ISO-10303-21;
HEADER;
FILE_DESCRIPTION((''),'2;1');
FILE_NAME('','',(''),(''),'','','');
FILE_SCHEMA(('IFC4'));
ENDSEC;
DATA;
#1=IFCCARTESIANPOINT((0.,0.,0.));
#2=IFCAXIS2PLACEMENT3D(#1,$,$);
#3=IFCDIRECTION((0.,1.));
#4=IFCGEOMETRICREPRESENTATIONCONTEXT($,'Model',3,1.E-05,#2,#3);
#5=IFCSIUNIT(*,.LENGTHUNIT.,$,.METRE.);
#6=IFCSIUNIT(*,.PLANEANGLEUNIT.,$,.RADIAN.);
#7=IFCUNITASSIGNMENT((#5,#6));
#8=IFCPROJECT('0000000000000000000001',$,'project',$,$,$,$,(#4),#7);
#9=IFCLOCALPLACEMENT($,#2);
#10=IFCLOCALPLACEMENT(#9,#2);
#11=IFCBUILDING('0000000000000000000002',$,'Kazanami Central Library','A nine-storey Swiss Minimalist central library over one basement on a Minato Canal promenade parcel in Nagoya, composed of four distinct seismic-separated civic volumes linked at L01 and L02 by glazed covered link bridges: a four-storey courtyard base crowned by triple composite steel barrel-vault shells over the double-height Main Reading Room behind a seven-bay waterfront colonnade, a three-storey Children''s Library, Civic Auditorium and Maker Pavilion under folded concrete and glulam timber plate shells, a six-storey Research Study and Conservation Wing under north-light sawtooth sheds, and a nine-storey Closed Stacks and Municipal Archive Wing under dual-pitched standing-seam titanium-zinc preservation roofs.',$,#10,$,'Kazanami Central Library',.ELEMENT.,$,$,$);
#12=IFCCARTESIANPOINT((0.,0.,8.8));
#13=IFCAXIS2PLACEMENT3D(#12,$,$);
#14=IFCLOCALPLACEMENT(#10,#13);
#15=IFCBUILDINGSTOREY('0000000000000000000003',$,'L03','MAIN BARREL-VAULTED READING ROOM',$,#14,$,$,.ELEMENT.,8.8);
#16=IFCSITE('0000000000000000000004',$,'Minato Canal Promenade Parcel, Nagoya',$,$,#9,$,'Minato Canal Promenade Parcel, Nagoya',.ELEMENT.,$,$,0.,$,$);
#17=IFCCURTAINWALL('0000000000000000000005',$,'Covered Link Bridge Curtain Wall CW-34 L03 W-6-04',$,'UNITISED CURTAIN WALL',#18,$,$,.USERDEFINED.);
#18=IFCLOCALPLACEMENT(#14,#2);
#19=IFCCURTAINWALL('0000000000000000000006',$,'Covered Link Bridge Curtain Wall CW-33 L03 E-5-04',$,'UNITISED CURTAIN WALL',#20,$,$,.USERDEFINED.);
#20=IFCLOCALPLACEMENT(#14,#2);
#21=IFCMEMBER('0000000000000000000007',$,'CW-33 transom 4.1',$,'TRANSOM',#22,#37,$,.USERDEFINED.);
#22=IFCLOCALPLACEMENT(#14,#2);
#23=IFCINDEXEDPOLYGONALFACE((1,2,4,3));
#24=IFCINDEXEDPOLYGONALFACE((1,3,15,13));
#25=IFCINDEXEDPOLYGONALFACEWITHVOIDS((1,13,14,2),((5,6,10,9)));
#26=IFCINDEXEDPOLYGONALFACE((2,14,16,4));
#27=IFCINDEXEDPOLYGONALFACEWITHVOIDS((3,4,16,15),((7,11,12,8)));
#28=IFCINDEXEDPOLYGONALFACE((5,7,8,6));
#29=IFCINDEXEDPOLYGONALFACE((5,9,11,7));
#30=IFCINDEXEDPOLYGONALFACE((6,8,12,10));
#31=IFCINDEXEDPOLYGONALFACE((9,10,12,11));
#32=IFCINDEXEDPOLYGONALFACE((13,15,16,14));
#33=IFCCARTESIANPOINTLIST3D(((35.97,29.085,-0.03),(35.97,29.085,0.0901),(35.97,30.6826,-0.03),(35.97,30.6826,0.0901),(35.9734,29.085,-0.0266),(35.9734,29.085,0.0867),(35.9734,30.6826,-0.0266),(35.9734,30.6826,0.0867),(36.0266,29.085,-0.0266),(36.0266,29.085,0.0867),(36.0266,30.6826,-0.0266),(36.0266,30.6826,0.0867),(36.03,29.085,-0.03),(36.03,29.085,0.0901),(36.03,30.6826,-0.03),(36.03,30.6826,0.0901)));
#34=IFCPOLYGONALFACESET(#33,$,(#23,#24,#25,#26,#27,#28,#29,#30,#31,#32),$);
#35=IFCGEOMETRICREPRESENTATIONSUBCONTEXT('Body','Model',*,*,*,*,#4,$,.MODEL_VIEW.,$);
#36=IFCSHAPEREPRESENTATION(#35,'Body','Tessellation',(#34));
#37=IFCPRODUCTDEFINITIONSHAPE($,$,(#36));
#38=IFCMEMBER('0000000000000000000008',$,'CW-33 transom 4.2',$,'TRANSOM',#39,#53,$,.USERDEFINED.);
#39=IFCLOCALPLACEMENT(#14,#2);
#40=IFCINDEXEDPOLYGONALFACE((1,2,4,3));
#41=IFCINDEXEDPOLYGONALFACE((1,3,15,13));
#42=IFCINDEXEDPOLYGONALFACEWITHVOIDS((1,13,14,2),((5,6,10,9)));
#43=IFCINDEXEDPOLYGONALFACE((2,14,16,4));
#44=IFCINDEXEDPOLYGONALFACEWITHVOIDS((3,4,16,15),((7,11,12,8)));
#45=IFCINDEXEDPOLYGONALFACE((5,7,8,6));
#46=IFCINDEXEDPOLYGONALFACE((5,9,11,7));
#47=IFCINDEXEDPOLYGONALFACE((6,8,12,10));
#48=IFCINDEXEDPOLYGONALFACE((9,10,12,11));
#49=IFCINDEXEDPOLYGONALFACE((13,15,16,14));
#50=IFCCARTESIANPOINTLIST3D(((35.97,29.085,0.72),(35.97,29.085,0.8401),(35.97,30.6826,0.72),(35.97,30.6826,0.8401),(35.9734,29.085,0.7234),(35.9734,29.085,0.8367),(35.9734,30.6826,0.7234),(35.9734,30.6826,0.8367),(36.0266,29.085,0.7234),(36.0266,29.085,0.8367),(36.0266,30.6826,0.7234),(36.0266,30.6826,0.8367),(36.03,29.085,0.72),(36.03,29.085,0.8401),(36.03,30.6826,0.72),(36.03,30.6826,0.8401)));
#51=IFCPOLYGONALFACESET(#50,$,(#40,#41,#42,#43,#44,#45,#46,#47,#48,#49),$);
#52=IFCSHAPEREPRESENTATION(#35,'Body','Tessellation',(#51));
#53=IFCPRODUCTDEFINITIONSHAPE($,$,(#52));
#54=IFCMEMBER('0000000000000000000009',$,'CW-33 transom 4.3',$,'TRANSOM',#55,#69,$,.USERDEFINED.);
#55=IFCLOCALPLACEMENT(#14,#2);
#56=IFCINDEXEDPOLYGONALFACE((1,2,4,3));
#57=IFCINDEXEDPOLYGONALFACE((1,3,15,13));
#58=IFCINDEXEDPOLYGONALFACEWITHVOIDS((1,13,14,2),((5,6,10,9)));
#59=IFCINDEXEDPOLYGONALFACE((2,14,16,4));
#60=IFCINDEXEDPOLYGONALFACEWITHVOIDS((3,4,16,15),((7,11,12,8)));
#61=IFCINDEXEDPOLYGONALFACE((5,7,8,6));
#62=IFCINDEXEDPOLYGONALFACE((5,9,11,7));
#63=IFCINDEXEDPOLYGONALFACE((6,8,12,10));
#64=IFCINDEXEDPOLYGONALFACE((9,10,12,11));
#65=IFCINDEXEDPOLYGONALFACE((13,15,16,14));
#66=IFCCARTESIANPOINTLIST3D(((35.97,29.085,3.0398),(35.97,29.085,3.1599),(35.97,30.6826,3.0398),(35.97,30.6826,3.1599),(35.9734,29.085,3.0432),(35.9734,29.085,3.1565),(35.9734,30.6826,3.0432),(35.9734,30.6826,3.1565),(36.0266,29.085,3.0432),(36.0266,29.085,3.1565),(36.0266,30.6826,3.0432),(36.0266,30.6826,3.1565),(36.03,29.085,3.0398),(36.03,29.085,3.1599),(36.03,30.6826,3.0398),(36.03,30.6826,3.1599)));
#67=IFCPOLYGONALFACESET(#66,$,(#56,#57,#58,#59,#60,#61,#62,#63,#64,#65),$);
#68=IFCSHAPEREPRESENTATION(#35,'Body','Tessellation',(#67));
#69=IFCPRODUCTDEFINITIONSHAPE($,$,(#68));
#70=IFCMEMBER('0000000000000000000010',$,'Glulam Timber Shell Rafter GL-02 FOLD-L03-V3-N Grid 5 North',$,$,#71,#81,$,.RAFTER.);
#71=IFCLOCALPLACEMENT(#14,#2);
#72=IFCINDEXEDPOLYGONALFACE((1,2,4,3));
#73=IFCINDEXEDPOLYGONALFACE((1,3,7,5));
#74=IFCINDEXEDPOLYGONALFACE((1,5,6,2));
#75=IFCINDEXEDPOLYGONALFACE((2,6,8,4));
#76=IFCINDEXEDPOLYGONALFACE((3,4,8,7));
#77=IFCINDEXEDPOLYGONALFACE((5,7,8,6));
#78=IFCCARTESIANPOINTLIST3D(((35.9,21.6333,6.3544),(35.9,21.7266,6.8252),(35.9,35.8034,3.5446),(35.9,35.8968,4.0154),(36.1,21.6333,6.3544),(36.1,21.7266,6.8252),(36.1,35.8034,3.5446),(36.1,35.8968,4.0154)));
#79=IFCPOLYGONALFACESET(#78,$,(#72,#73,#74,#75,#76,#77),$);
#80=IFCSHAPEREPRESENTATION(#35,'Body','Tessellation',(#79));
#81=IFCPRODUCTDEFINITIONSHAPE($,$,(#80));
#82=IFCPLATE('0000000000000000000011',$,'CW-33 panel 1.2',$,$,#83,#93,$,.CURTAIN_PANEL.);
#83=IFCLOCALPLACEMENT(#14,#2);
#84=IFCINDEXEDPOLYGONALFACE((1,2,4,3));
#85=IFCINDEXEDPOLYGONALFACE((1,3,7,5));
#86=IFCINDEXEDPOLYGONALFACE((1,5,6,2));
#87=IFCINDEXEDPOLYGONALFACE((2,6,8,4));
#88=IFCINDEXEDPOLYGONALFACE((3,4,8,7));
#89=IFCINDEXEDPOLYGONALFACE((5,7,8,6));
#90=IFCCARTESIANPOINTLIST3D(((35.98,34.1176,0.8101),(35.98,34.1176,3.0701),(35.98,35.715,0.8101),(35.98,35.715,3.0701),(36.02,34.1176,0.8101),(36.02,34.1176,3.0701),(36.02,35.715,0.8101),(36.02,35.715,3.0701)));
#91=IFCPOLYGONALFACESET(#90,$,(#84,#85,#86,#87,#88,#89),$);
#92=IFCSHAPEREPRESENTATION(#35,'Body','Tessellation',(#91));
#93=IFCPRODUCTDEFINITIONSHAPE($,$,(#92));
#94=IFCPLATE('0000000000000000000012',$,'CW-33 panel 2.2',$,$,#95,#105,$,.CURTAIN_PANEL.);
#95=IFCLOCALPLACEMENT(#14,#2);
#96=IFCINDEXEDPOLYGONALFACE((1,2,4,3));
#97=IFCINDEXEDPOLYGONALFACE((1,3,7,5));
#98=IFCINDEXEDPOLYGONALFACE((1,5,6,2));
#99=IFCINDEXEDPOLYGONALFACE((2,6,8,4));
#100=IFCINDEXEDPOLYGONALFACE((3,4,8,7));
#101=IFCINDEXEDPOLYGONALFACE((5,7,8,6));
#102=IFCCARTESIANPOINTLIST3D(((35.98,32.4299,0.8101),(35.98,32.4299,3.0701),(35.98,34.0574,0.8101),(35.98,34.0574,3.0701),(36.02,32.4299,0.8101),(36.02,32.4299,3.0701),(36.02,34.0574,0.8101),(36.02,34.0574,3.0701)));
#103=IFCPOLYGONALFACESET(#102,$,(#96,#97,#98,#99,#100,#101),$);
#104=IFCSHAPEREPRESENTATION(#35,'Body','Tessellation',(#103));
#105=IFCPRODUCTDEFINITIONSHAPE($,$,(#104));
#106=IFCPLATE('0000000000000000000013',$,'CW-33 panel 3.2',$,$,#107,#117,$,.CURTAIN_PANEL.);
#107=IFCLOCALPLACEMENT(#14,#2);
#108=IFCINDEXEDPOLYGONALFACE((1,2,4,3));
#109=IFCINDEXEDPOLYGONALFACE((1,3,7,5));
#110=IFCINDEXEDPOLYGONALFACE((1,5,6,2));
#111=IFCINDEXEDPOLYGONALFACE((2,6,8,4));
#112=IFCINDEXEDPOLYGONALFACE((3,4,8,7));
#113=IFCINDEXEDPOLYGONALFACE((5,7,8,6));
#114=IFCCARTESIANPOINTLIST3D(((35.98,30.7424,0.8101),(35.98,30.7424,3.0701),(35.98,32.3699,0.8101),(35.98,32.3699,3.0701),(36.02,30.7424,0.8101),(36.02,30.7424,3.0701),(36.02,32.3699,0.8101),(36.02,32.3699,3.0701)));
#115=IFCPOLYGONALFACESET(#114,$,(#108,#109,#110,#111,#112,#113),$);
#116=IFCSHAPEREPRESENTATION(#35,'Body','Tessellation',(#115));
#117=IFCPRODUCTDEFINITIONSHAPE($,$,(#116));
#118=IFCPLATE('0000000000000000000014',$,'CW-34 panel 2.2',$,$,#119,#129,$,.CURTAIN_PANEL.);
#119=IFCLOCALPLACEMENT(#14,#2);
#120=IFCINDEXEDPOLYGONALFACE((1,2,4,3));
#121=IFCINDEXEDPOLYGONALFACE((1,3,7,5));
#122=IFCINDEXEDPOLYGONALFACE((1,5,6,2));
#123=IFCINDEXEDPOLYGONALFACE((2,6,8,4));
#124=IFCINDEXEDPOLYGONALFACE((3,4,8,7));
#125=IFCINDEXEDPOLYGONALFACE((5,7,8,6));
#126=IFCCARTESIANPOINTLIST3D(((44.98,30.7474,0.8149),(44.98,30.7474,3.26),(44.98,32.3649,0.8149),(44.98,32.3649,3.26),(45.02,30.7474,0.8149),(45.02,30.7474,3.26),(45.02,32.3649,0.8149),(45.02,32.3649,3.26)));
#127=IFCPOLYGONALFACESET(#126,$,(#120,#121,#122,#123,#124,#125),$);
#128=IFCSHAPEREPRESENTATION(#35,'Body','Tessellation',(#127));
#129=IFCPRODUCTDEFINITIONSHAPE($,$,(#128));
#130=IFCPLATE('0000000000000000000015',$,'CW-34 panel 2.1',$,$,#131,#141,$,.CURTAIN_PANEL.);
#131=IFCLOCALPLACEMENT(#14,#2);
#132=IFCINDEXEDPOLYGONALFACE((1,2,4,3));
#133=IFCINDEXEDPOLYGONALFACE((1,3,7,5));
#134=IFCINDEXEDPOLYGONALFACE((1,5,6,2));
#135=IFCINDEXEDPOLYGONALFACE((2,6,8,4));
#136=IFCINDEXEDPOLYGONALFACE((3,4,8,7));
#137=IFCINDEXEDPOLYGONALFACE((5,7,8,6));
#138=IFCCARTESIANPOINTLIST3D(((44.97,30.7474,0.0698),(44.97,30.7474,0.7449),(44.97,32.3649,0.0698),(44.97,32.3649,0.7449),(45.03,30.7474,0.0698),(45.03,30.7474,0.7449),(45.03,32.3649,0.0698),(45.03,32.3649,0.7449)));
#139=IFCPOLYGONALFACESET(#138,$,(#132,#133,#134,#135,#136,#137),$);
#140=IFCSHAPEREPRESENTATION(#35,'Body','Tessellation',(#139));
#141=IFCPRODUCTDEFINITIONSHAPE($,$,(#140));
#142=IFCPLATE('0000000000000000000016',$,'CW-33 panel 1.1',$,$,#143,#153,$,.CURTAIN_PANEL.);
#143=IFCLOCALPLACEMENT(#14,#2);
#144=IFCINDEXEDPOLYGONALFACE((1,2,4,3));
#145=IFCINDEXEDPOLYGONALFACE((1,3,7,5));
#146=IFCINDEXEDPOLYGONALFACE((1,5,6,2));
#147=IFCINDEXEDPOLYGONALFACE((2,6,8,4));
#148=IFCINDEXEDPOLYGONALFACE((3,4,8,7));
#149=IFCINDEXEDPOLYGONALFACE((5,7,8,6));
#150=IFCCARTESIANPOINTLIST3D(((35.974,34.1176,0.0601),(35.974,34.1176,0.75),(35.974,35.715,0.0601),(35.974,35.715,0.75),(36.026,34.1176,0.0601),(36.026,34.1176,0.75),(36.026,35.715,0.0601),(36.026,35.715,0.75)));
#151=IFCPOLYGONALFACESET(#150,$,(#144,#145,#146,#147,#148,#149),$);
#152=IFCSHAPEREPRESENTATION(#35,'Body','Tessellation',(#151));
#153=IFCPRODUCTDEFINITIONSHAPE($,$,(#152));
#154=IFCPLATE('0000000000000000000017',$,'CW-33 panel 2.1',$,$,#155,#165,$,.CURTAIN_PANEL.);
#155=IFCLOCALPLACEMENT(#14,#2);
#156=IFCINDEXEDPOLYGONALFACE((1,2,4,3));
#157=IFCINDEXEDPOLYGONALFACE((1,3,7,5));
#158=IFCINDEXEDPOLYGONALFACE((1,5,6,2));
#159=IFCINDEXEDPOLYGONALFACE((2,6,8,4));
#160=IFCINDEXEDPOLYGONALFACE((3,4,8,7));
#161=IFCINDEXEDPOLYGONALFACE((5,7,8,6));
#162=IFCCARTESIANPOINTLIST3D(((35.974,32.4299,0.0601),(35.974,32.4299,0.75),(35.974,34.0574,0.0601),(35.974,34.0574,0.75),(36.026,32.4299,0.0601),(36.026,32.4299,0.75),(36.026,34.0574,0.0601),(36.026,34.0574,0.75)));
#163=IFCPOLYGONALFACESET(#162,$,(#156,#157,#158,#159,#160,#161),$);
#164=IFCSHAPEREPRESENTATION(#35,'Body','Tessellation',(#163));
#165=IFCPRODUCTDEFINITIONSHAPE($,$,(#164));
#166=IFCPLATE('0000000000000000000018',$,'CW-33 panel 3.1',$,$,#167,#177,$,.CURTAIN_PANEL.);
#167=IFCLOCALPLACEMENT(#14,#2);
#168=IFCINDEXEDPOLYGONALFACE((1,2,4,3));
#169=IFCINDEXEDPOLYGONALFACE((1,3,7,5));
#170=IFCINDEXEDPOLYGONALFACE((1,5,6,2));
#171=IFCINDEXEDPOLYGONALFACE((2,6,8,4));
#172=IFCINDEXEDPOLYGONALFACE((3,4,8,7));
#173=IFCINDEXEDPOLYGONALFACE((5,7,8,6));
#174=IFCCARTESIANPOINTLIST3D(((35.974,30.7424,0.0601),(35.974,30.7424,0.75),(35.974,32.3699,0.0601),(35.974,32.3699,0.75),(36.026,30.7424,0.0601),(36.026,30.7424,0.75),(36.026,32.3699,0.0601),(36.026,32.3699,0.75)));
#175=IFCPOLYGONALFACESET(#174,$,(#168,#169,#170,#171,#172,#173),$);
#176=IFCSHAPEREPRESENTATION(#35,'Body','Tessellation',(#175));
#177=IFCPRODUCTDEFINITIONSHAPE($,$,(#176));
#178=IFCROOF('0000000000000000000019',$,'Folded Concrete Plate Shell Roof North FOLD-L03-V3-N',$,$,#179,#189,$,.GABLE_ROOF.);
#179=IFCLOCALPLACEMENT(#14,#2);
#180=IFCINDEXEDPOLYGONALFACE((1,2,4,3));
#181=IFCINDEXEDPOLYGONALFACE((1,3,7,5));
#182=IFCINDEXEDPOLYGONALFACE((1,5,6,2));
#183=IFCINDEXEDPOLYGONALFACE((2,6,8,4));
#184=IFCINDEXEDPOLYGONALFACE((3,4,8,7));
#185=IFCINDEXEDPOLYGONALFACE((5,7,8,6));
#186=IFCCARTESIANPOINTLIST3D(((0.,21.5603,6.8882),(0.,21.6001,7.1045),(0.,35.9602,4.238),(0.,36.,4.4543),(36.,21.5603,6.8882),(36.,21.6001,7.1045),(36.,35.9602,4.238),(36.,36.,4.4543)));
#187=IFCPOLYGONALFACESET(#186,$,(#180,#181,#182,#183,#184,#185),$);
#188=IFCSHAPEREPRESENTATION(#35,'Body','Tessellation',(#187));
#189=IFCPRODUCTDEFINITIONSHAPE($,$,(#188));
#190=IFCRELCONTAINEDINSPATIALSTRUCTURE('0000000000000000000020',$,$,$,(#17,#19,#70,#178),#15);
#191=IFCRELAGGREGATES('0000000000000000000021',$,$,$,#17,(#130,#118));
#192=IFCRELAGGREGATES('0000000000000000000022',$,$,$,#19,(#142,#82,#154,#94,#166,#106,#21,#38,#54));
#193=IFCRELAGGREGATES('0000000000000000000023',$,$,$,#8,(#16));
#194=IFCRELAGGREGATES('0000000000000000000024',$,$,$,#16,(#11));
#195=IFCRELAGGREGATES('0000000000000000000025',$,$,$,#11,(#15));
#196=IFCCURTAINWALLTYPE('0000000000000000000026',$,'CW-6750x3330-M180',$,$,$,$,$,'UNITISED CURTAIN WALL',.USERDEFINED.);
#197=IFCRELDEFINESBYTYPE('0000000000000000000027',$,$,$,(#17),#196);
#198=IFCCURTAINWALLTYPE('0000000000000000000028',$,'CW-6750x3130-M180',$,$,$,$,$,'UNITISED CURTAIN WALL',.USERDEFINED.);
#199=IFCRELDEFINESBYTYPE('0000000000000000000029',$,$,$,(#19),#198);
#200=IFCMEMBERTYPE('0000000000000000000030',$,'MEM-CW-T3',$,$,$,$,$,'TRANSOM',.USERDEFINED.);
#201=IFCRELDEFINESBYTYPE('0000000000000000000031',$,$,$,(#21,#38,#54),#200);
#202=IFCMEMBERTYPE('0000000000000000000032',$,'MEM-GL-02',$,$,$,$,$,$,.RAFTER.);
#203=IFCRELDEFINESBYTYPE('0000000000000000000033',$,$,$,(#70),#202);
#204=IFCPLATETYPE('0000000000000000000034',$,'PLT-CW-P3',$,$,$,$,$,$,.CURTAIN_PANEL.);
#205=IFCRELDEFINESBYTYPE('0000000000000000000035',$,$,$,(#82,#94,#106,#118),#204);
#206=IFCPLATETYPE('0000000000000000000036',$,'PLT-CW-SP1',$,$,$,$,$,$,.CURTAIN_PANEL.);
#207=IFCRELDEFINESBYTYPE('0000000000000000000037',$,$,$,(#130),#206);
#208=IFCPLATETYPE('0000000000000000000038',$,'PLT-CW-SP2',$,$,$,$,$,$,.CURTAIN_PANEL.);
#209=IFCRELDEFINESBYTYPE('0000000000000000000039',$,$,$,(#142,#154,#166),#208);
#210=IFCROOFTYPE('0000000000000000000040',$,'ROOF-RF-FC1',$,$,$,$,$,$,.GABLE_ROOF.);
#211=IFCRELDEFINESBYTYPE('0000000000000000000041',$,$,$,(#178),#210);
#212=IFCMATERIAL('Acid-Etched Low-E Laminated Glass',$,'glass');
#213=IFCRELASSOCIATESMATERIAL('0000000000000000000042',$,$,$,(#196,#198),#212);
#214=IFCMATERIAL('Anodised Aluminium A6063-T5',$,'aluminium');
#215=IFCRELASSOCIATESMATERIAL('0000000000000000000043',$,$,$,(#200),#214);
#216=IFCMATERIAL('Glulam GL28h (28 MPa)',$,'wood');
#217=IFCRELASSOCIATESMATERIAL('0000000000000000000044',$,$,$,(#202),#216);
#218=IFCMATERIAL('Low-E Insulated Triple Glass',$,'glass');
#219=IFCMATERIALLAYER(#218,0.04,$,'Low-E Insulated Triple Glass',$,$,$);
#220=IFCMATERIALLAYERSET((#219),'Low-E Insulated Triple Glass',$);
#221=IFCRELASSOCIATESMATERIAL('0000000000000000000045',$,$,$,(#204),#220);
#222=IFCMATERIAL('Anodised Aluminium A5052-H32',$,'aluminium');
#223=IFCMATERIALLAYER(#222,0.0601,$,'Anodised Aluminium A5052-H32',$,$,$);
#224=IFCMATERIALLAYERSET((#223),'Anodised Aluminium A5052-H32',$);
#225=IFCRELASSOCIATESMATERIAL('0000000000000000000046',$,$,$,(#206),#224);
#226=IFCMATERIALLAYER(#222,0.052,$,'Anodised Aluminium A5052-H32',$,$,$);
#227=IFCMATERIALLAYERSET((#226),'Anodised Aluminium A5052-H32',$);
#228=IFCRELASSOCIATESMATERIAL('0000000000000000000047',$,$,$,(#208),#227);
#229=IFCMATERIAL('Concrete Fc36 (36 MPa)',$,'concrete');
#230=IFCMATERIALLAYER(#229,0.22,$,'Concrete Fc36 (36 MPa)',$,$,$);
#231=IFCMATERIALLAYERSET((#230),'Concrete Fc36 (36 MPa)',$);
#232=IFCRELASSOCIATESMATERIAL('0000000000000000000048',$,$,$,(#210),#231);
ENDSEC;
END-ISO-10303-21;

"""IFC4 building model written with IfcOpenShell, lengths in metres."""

from ifc_helpers import new_model, si_unit, direction, frame, origin, origin_2d, place, context, subcontext, project, spatial, polyline, rectangle, hollow_rectangle, outline, extrude, material, layer, layer_set, material_profile, profile_set, type_object, element, aggregate, save


model = new_model("IFC4")

# Units and contexts
model_context = context("Model", 3, precision=1e-05, world=origin(), true_north=direction((0.0, 1.0)))
body_context = subcontext(model_context, "Body", "Model", "MODEL_VIEW")
ifc_project = project(units=[si_unit("LENGTHUNIT", "METRE"), si_unit("PLANEANGLEUNIT", "RADIAN")], contexts=[model_context])

# Site, building, storey
site_placement = place(None, origin())
site = spatial("IfcSite", under=ifc_project, at=site_placement, Name="Minato Canal Promenade Parcel, Nagoya", LongName="Minato Canal Promenade Parcel, Nagoya", CompositionType="ELEMENT", RefElevation=0.0)
building_placement = place(site_placement, origin())
building = spatial("IfcBuilding", under=site, at=building_placement, Name="Kazanami Central Library", Description="A nine-storey Swiss Minimalist central library over one basement on a Minato Canal promenade parcel in Nagoya, composed of four distinct seismic-separated civic volumes linked at L01 and L02 by glazed covered link bridges: a four-storey courtyard base crowned by triple composite steel barrel-vault shells over the double-height Main Reading Room behind a seven-bay waterfront colonnade, a three-storey Children's Library, Civic Auditorium and Maker Pavilion under folded concrete and glulam timber plate shells, a six-storey Research Study and Conservation Wing under north-light sawtooth sheds, and a nine-storey Closed Stacks and Municipal Archive Wing under dual-pitched standing-seam titanium-zinc preservation roofs.", LongName="Kazanami Central Library", CompositionType="ELEMENT")
storey_placement = place(building_placement, frame((0.0, 0.0, 8.8)))
storey = spatial("IfcBuildingStorey", under=building, at=storey_placement, Name="L03", Description="MAIN BARREL-VAULTED READING ROOM", CompositionType="ELEMENT", Elevation=8.8)

# Curtain walls
ifc_material_1 = material(Name="Acid-Etched Low-E Laminated Glass", Category="glass")
curtain_wall_type_1 = type_object("IfcCurtainWallType", Name="CW-6750x3330-M180", ElementType="UNITISED CURTAIN WALL", PredefinedType="USERDEFINED", material=ifc_material_1)
curtain_wall_1_placement = place(storey_placement, origin())
curtain_wall_1 = element("IfcCurtainWall", 1, at=curtain_wall_1_placement, inside=storey, type_object=curtain_wall_type_1, Name="Covered Link Bridge Curtain Wall CW-34 L03 W-6-04", ObjectType="UNITISED CURTAIN WALL", PredefinedType="USERDEFINED")
ifc_material_2 = material(Name="Anodised Aluminium A6063-T5", Category="aluminium")
curtain_wall_type_2 = type_object("IfcCurtainWallType", Name="CW-6750x3130-M180", ElementType="UNITISED CURTAIN WALL", PredefinedType="USERDEFINED", material=ifc_material_1)
curtain_wall_2_placement = place(storey_placement, origin())
curtain_wall_2 = element("IfcCurtainWall", 2, at=curtain_wall_2_placement, inside=storey, type_object=curtain_wall_type_2, Name="Covered Link Bridge Curtain Wall CW-33 L03 E-5-04", ObjectType="UNITISED CURTAIN WALL", PredefinedType="USERDEFINED")

# Members
ifc_material_profile_1 = material_profile(ifc_material_2, hollow_rectangle(XDim=0.0601, YDim=0.1201, WallThickness=0.0034, at=origin_2d()), Name="ALU-TRAN-60x120x3.5")
ifc_profile_set_1 = profile_set([ifc_material_profile_1], Name="Anodised Aluminium A6063-T5")
member_type_1 = type_object("IfcMemberType", Name="MEM-CW-T3", ElementType="TRANSOM", PredefinedType="USERDEFINED", material=ifc_profile_set_1)
member_1_placement = place(storey_placement, frame((36.0, 30.6826, 0.03), z_axis=(0.0, -1.0, 0.0), x_axis=(1.0, 0.0, 0.0)))
member_1 = element("IfcMember", 3, at=member_1_placement, type_object=member_type_1, Name="CW-33 transom 4.1", ObjectType="TRANSOM", PredefinedType="USERDEFINED", context=body_context, shape_type="SweptSolid", body=[
    extrude(hollow_rectangle(XDim=0.0601, YDim=0.1201, WallThickness=0.0034, at=origin_2d()), origin(), (0.0, 0.0, 1.0), 1.5977),
])
member_2_placement = place(storey_placement, frame((36.0, 30.6826, 0.78), z_axis=(0.0, -1.0, 0.0), x_axis=(1.0, 0.0, 0.0)))
member_2 = element("IfcMember", 4, at=member_2_placement, type_object=member_type_1, Name="CW-33 transom 4.2", ObjectType="TRANSOM", PredefinedType="USERDEFINED", context=body_context, shape_type="SweptSolid", body=[
    extrude(hollow_rectangle(XDim=0.0601, YDim=0.1201, WallThickness=0.0034, at=origin_2d()), origin(), (0.0, 0.0, 1.0), 1.5977),
])
member_3_placement = place(storey_placement, frame((36.0, 30.6826, 3.0999), z_axis=(0.0, -1.0, 0.0), x_axis=(1.0, 0.0, 0.0)))
member_3 = element("IfcMember", 5, at=member_3_placement, type_object=member_type_1, Name="CW-33 transom 4.3", ObjectType="TRANSOM", PredefinedType="USERDEFINED", context=body_context, shape_type="SweptSolid", body=[
    extrude(hollow_rectangle(XDim=0.0601, YDim=0.1201, WallThickness=0.0034, at=origin_2d()), origin(), (0.0, 0.0, 1.0), 1.5977),
])
ifc_material_3 = material(Name="Glulam GL28h (28 MPa)", Category="wood")
ifc_material_profile_2 = material_profile(ifc_material_3, rectangle(XDim=0.2, YDim=0.48, at=origin_2d()), Name="GL28h-200x480")
ifc_profile_set_2 = profile_set([ifc_material_profile_2], Name="Glulam GL28h (28 MPa)")
member_type_2 = type_object("IfcMemberType", Name="MEM-GL-02", PredefinedType="RAFTER", material=ifc_profile_set_2)
member_4_placement = place(storey_placement, frame((36.0, 35.8501, 3.78), z_axis=(0.0, -0.980902, 0.194504), x_axis=(1.0, 0.0, 0.0)))
element("IfcMember", 6, at=member_4_placement, inside=storey, type_object=member_type_2, Name="Glulam Timber Shell Rafter GL-02 FOLD-L03-V3-N Grid 5 North", PredefinedType="RAFTER", context=body_context, shape_type="SweptSolid", body=[
    extrude(rectangle(XDim=0.2, YDim=0.48, at=origin_2d()), origin(), (0.0, 0.0, 1.0), 14.446),
])

# Plates
ifc_material_4 = material(Name="Low-E Insulated Triple Glass", Category="glass")
ifc_layer_1 = layer(ifc_material_4, 0.04, Name="Low-E Insulated Triple Glass")
ifc_layer_set_1 = layer_set([ifc_layer_1], Name="Low-E Insulated Triple Glass")
plate_type_1 = type_object("IfcPlateType", Name="PLT-CW-P3", PredefinedType="CURTAIN_PANEL", material=ifc_layer_set_1)
plate_1_placement = place(storey_placement, frame((36.0, 34.9163, 0.8101), z_axis=(0.0, 0.0, 1.0), x_axis=(0.0, -1.0, 0.0)))
plate_1 = element("IfcPlate", 7, at=plate_1_placement, type_object=plate_type_1, Name="CW-33 panel 1.2", PredefinedType="CURTAIN_PANEL", context=body_context, shape_type="SweptSolid", body=[
    extrude(rectangle(XDim=1.5974, YDim=0.04, at=origin_2d()), origin(), (0.0, 0.0, 1.0), 2.26),
])
plate_2_placement = place(storey_placement, frame((36.0, 33.2437, 0.8101), z_axis=(0.0, 0.0, 1.0), x_axis=(0.0, -1.0, 0.0)))
plate_2 = element("IfcPlate", 8, at=plate_2_placement, type_object=plate_type_1, Name="CW-33 panel 2.2", PredefinedType="CURTAIN_PANEL", context=body_context, shape_type="SweptSolid", body=[
    extrude(rectangle(XDim=1.6274, YDim=0.04, at=origin_2d()), origin(), (0.0, 0.0, 1.0), 2.26),
])
plate_3_placement = place(storey_placement, frame((36.0, 31.5562, 0.8101), z_axis=(0.0, 0.0, 1.0), x_axis=(0.0, -1.0, 0.0)))
plate_3 = element("IfcPlate", 9, at=plate_3_placement, type_object=plate_type_1, Name="CW-33 panel 3.2", PredefinedType="CURTAIN_PANEL", context=body_context, shape_type="SweptSolid", body=[
    extrude(rectangle(XDim=1.6274, YDim=0.04, at=origin_2d()), origin(), (0.0, 0.0, 1.0), 2.26),
])
plate_4_placement = place(storey_placement, frame((45.0, 31.5562, 0.8149), z_axis=(0.0, 0.0, 1.0), x_axis=(0.0, 1.0, 0.0)))
plate_4 = element("IfcPlate", 10, at=plate_4_placement, type_object=plate_type_1, Name="CW-34 panel 2.2", PredefinedType="CURTAIN_PANEL", context=body_context, shape_type="SweptSolid", body=[
    extrude(rectangle(XDim=1.6174, YDim=0.04, at=origin_2d()), origin(), (0.0, 0.0, 1.0), 2.4451),
])
ifc_material_5 = material(Name="Anodised Aluminium A5052-H32", Category="aluminium")
ifc_layer_2 = layer(ifc_material_5, 0.0601, Name="Anodised Aluminium A5052-H32")
ifc_layer_set_2 = layer_set([ifc_layer_2], Name="Anodised Aluminium A5052-H32")
plate_type_2 = type_object("IfcPlateType", Name="PLT-CW-SP1", PredefinedType="CURTAIN_PANEL", material=ifc_layer_set_2)
plate_5_placement = place(storey_placement, frame((45.0, 31.5562, 0.0698), z_axis=(0.0, 0.0, 1.0), x_axis=(0.0, 1.0, 0.0)))
plate_5 = element("IfcPlate", 11, at=plate_5_placement, type_object=plate_type_2, Name="CW-34 panel 2.1", PredefinedType="CURTAIN_PANEL", context=body_context, shape_type="SweptSolid", body=[
    extrude(rectangle(XDim=1.6174, YDim=0.0601, at=origin_2d()), origin(), (0.0, 0.0, 1.0), 0.675),
])
aggregate(curtain_wall_1, [plate_5, plate_4])
ifc_layer_3 = layer(ifc_material_5, 0.052, Name="Anodised Aluminium A5052-H32")
ifc_layer_set_3 = layer_set([ifc_layer_3], Name="Anodised Aluminium A5052-H32")
plate_type_3 = type_object("IfcPlateType", Name="PLT-CW-SP2", PredefinedType="CURTAIN_PANEL", material=ifc_layer_set_3)
plate_6_placement = place(storey_placement, frame((36.0, 34.9163, 0.0601), z_axis=(0.0, 0.0, 1.0), x_axis=(0.0, -1.0, 0.0)))
plate_6 = element("IfcPlate", 12, at=plate_6_placement, type_object=plate_type_3, Name="CW-33 panel 1.1", PredefinedType="CURTAIN_PANEL", context=body_context, shape_type="SweptSolid", body=[
    extrude(rectangle(XDim=1.5974, YDim=0.052, at=origin_2d()), origin(), (0.0, 0.0, 1.0), 0.6899),
])
plate_7_placement = place(storey_placement, frame((36.0, 33.2437, 0.0601), z_axis=(0.0, 0.0, 1.0), x_axis=(0.0, -1.0, 0.0)))
plate_7 = element("IfcPlate", 13, at=plate_7_placement, type_object=plate_type_3, Name="CW-33 panel 2.1", PredefinedType="CURTAIN_PANEL", context=body_context, shape_type="SweptSolid", body=[
    extrude(rectangle(XDim=1.6274, YDim=0.052, at=origin_2d()), origin(), (0.0, 0.0, 1.0), 0.6899),
])
plate_8_placement = place(storey_placement, frame((36.0, 31.5562, 0.0601), z_axis=(0.0, 0.0, 1.0), x_axis=(0.0, -1.0, 0.0)))
plate_8 = element("IfcPlate", 14, at=plate_8_placement, type_object=plate_type_3, Name="CW-33 panel 3.1", PredefinedType="CURTAIN_PANEL", context=body_context, shape_type="SweptSolid", body=[
    extrude(rectangle(XDim=1.6274, YDim=0.052, at=origin_2d()), origin(), (0.0, 0.0, 1.0), 0.6899),
])
aggregate(curtain_wall_2, [plate_6, plate_1, plate_7, plate_2, plate_8, plate_3, member_1, member_2, member_3])

# Roof
ifc_material_6 = material(Name="Concrete Fc36 (36 MPa)", Category="concrete")
ifc_layer_4 = layer(ifc_material_6, 0.22, Name="Concrete Fc36 (36 MPa)")
ifc_layer_set_4 = layer_set([ifc_layer_4], Name="Concrete Fc36 (36 MPa)")
roof_type = type_object("IfcRoofType", Name="ROOF-RF-FC1", PredefinedType="GABLE_ROOF", material=ifc_layer_set_4)
roof_placement = place(storey_placement, frame((36.0, 36.0, 4.4543), z_axis=(0.0, 0.180999, 0.983483), x_axis=(-1.0, 0.0, 0.0)))
element("IfcRoof", 15, at=roof_placement, inside=storey, type_object=roof_type, Name="Folded Concrete Plate Shell Roof North FOLD-L03-V3-N", PredefinedType="GABLE_ROOF", context=body_context, shape_type="SweptSolid", body=[
    extrude(outline(polyline([(0.0, 0.0), (36.0, 0.0), (36.0, 14.6417), (0.0, 14.6417), (0.0, 0.0)])), origin(), (0.0, 0.0, -1.0), 0.22),
])

save(model, "model.ifc")
